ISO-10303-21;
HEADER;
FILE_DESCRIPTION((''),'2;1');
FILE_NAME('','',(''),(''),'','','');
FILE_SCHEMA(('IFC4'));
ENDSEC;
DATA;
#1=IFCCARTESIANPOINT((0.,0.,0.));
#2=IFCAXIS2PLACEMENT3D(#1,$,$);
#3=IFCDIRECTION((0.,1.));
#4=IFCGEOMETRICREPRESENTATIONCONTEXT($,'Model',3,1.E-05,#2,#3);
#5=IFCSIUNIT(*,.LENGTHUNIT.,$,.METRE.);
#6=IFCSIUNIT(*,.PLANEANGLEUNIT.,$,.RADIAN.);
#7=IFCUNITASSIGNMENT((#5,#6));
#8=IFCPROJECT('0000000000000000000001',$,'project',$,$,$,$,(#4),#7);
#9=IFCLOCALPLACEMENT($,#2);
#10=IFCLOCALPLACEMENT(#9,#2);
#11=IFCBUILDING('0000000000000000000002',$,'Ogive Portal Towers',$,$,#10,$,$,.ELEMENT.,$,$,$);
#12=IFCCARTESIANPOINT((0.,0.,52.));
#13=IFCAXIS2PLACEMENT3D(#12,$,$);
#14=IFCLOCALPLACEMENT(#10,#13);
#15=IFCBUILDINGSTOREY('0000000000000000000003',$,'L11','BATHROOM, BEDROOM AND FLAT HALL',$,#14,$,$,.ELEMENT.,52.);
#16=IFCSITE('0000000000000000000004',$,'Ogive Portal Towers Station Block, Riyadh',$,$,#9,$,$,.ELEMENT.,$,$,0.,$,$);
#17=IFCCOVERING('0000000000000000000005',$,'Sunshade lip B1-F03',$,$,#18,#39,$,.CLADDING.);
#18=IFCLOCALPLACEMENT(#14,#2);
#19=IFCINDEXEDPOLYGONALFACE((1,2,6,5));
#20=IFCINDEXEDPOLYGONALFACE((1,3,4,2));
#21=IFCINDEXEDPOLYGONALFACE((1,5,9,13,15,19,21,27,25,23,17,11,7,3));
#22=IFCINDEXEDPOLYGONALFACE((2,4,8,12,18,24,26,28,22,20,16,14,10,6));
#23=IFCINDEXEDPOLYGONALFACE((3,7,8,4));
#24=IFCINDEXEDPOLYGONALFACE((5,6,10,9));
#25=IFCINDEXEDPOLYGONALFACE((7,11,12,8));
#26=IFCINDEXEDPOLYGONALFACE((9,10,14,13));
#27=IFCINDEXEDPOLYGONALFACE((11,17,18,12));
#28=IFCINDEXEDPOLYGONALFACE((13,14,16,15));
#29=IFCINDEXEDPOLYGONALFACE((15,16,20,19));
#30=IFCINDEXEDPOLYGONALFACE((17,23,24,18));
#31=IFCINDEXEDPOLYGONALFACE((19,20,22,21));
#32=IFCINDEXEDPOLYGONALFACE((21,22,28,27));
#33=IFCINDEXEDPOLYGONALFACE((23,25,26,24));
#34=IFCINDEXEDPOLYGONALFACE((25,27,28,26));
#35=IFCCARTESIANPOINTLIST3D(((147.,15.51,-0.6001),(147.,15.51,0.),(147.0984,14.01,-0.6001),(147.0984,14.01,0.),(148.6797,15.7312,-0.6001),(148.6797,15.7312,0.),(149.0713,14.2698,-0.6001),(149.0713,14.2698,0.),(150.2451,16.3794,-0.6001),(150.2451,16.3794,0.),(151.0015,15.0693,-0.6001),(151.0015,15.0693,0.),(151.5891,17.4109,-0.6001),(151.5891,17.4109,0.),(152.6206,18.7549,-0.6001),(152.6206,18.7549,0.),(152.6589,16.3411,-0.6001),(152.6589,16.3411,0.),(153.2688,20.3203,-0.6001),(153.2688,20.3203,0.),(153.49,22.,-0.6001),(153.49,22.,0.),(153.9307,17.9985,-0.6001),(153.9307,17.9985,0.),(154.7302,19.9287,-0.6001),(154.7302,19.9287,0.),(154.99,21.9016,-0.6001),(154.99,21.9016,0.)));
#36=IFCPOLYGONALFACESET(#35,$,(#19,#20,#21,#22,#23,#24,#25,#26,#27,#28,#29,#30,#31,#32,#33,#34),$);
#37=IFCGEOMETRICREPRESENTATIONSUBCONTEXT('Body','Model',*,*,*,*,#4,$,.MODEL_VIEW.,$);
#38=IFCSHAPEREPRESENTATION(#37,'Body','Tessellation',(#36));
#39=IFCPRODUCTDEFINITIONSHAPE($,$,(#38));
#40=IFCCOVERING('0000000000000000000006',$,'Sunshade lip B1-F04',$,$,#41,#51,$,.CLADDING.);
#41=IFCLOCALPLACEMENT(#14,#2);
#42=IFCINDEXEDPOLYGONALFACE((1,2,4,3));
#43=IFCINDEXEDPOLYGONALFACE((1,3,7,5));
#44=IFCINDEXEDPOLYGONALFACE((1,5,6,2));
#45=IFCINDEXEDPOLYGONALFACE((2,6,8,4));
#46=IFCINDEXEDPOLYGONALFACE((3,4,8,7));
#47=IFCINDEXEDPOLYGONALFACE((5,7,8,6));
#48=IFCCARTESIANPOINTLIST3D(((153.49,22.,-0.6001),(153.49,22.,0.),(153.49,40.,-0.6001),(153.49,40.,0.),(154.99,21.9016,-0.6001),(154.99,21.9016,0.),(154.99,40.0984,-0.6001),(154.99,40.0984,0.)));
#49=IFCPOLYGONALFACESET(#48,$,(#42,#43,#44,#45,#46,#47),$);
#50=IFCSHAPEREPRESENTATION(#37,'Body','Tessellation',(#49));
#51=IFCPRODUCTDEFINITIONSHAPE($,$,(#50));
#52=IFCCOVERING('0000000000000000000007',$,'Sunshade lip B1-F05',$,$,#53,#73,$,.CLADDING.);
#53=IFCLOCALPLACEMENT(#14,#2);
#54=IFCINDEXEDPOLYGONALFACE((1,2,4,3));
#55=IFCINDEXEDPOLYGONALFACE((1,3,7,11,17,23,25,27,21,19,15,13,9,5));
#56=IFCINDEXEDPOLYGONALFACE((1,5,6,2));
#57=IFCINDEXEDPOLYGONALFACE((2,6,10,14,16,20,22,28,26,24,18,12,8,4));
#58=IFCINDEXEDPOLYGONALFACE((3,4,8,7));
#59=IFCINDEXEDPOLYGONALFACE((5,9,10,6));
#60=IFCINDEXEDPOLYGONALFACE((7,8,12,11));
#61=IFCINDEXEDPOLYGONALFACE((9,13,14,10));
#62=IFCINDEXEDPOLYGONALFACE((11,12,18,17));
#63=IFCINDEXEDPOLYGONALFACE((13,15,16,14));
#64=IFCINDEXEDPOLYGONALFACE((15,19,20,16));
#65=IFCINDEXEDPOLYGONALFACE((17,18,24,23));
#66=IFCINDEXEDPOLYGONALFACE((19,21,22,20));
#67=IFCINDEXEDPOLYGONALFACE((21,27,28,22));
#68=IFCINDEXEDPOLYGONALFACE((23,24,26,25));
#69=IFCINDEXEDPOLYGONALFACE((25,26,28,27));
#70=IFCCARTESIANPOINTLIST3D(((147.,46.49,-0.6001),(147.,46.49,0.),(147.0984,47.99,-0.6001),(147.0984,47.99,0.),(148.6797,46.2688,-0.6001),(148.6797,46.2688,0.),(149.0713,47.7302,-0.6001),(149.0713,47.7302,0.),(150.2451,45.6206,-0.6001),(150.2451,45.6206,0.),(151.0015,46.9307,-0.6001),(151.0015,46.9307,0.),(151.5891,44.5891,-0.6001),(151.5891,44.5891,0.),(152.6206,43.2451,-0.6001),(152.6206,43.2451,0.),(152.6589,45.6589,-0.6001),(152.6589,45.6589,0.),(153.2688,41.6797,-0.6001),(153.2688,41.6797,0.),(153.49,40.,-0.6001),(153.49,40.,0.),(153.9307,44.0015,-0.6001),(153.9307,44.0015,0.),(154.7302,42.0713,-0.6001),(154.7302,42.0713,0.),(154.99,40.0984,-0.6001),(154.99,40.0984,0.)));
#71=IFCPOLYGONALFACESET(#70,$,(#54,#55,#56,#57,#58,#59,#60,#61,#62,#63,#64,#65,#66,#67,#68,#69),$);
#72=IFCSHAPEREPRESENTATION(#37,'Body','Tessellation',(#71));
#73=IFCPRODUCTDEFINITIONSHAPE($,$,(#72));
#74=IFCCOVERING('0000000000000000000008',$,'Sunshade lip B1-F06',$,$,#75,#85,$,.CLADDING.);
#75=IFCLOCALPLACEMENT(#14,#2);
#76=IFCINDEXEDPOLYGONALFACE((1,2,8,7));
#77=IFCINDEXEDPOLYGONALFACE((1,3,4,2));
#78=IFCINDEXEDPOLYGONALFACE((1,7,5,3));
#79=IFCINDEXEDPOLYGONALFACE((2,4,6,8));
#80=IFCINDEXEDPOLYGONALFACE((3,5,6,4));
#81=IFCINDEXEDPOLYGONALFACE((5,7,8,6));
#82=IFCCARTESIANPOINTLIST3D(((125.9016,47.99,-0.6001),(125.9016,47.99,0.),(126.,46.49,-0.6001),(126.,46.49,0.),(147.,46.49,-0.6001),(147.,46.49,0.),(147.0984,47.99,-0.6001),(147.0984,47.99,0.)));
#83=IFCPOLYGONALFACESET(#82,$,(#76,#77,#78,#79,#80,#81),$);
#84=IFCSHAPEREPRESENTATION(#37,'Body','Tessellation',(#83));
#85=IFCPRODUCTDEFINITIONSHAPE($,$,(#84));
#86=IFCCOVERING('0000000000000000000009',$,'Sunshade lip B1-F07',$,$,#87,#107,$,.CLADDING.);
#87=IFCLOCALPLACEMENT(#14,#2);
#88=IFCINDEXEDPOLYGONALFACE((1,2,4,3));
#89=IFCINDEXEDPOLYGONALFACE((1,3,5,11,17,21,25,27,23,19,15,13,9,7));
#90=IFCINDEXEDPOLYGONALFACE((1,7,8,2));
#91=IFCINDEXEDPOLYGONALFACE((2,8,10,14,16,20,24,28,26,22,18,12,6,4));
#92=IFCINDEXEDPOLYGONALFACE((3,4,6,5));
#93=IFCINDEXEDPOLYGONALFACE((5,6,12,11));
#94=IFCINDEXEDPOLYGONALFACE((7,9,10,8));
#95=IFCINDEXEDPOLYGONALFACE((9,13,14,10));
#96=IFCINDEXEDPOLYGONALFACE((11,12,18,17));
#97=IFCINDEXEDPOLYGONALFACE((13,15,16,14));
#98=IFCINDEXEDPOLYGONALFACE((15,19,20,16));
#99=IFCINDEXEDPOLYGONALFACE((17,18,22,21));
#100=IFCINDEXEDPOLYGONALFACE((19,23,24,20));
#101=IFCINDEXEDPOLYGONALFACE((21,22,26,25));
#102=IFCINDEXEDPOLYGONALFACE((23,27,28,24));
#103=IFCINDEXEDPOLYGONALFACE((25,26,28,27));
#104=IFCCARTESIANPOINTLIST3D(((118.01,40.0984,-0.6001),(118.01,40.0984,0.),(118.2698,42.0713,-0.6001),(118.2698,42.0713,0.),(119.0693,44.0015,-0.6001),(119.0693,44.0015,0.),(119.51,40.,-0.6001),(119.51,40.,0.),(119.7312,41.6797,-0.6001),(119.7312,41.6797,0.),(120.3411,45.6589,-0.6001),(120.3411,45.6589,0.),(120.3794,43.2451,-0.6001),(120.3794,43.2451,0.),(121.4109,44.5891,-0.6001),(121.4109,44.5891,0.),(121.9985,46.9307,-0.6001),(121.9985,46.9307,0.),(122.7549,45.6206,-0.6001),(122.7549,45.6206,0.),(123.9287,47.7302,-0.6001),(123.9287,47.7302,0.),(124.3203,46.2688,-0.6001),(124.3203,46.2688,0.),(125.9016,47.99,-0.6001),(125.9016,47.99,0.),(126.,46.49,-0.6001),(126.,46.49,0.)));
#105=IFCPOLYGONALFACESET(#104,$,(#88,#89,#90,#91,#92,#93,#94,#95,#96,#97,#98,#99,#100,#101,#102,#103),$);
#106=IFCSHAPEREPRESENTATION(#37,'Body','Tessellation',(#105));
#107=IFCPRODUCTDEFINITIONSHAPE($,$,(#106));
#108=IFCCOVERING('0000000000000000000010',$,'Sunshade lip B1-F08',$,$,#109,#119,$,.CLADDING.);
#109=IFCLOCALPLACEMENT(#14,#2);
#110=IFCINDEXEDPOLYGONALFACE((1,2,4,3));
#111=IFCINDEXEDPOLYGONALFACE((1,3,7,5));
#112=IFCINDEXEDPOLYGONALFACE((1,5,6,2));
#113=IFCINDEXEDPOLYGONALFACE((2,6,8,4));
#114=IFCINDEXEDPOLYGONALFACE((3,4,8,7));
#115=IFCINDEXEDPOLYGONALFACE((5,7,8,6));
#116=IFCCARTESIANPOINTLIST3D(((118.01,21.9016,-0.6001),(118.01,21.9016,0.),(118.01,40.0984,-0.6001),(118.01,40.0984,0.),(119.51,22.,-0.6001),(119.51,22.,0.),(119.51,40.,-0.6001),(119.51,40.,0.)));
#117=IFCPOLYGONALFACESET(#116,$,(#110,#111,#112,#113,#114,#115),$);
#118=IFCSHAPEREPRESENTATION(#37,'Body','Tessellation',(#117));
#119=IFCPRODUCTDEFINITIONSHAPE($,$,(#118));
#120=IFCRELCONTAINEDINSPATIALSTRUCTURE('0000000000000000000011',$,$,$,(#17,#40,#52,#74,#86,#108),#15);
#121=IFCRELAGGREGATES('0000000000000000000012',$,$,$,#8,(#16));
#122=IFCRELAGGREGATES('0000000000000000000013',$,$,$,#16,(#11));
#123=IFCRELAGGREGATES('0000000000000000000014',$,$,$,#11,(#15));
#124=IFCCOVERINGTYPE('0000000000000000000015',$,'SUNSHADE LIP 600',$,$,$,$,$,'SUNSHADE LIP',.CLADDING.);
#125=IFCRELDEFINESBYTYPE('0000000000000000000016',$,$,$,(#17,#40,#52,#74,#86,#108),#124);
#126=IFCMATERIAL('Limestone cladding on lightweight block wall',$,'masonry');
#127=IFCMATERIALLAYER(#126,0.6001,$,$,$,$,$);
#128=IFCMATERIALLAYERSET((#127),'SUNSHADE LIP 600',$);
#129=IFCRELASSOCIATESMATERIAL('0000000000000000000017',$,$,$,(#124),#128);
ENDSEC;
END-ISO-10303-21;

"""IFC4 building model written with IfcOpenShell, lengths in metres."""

from ifc_helpers import new_model, si_unit, direction, frame, origin, place, context, subcontext, project, spatial, polyline, outline, extrude, material, layer, layer_set, type_object, element, save


model = new_model("IFC4")

# Units and contexts
model_context = context("Model", 3, precision=1e-05, world=origin(), true_north=direction((0.0, 1.0)))
body_context = subcontext(model_context, "Body", "Model", "MODEL_VIEW")
ifc_project = project(units=[si_unit("LENGTHUNIT", "METRE"), si_unit("PLANEANGLEUNIT", "RADIAN")], contexts=[model_context])

# Site, building, storey
site_placement = place(None, origin())
site = spatial("IfcSite", under=ifc_project, at=site_placement, Name="Ogive Portal Towers Station Block, Riyadh", CompositionType="ELEMENT", RefElevation=0.0)
building_placement = place(site_placement, origin())
building = spatial("IfcBuilding", under=site, at=building_placement, Name="Ogive Portal Towers", CompositionType="ELEMENT")
storey_placement = place(building_placement, frame((0.0, 0.0, 52.0)))
storey = spatial("IfcBuildingStorey", under=building, at=storey_placement, Name="L11", Description="BATHROOM, BEDROOM AND FLAT HALL", CompositionType="ELEMENT", Elevation=52.0)

# Shared definitions
ifc_material_1 = material(Name="Limestone cladding on lightweight block wall", Category="masonry")

# Coverings
ifc_layer_1 = layer(ifc_material_1, 0.6001)
ifc_layer_set_1 = layer_set([ifc_layer_1], Name="SUNSHADE LIP 600")
covering_type_1 = type_object("IfcCoveringType", Name="SUNSHADE LIP 600", ElementType="SUNSHADE LIP", PredefinedType="CLADDING", material=ifc_layer_set_1)
covering_1_placement = place(storey_placement, frame((0.0, 0.0, -0.6001)))
element("IfcCovering", 1, at=covering_1_placement, inside=storey, type_object=covering_type_1, Name="Sunshade lip B1-F03", PredefinedType="CLADDING", context=body_context, shape_type="SweptSolid", body=[
    extrude(outline(polyline([(147.0, 15.51), (148.6797, 15.7312), (150.2451, 16.3794), (151.5891, 17.4109), (152.6206, 18.7549), (153.2688, 20.3203), (153.49, 22.0), (154.99, 21.9016), (154.7302, 19.9287), (153.9307, 17.9985), (152.6589, 16.3411), (151.0015, 15.0693), (149.0713, 14.2698), (147.0984, 14.01), (147.0, 15.51)])), origin(), (0.0, 0.0, 1.0), 0.6001),
])
covering_2_placement = place(storey_placement, frame((0.0, 0.0, -0.6001)))
element("IfcCovering", 2, at=covering_2_placement, inside=storey, type_object=covering_type_1, Name="Sunshade lip B1-F04", PredefinedType="CLADDING", context=body_context, shape_type="SweptSolid", body=[
    extrude(outline(polyline([(153.49, 22.0), (153.49, 40.0), (154.99, 40.0984), (154.99, 21.9016), (153.49, 22.0)])), origin(), (0.0, 0.0, 1.0), 0.6001),
])
covering_3_placement = place(storey_placement, frame((0.0, 0.0, -0.6001)))
element("IfcCovering", 3, at=covering_3_placement, inside=storey, type_object=covering_type_1, Name="Sunshade lip B1-F05", PredefinedType="CLADDING", context=body_context, shape_type="SweptSolid", body=[
    extrude(outline(polyline([(153.49, 40.0), (153.2688, 41.6797), (152.6206, 43.2451), (151.5891, 44.5891), (150.2451, 45.6206), (148.6797, 46.2688), (147.0, 46.49), (147.0984, 47.99), (149.0713, 47.7302), (151.0015, 46.9307), (152.6589, 45.6589), (153.9307, 44.0015), (154.7302, 42.0713), (154.99, 40.0984), (153.49, 40.0)])), origin(), (0.0, 0.0, 1.0), 0.6001),
])
covering_4_placement = place(storey_placement, frame((0.0, 0.0, -0.6001)))
element("IfcCovering", 4, at=covering_4_placement, inside=storey, type_object=covering_type_1, Name="Sunshade lip B1-F06", PredefinedType="CLADDING", context=body_context, shape_type="SweptSolid", body=[
    extrude(outline(polyline([(147.0, 46.49), (126.0, 46.49), (125.9016, 47.99), (147.0984, 47.99), (147.0, 46.49)])), origin(), (0.0, 0.0, 1.0), 0.6001),
])
covering_5_placement = place(storey_placement, frame((0.0, 0.0, -0.6001)))
element("IfcCovering", 5, at=covering_5_placement, inside=storey, type_object=covering_type_1, Name="Sunshade lip B1-F07", PredefinedType="CLADDING", context=body_context, shape_type="SweptSolid", body=[
    extrude(outline(polyline([(126.0, 46.49), (124.3203, 46.2688), (122.7549, 45.6206), (121.4109, 44.5891), (120.3794, 43.2451), (119.7312, 41.6797), (119.51, 40.0), (118.01, 40.0984), (118.2698, 42.0713), (119.0693, 44.0015), (120.3411, 45.6589), (121.9985, 46.9307), (123.9287, 47.7302), (125.9016, 47.99), (126.0, 46.49)])), origin(), (0.0, 0.0, 1.0), 0.6001),
])
covering_6_placement = place(storey_placement, frame((0.0, 0.0, -0.6001)))
element("IfcCovering", 6, at=covering_6_placement, inside=storey, type_object=covering_type_1, Name="Sunshade lip B1-F08", PredefinedType="CLADDING", context=body_context, shape_type="SweptSolid", body=[
    extrude(outline(polyline([(119.51, 40.0), (119.51, 22.0), (118.01, 21.9016), (118.01, 40.0984), (119.51, 40.0)])), origin(), (0.0, 0.0, 1.0), 0.6001),
])

save(model, "model.ifc")
